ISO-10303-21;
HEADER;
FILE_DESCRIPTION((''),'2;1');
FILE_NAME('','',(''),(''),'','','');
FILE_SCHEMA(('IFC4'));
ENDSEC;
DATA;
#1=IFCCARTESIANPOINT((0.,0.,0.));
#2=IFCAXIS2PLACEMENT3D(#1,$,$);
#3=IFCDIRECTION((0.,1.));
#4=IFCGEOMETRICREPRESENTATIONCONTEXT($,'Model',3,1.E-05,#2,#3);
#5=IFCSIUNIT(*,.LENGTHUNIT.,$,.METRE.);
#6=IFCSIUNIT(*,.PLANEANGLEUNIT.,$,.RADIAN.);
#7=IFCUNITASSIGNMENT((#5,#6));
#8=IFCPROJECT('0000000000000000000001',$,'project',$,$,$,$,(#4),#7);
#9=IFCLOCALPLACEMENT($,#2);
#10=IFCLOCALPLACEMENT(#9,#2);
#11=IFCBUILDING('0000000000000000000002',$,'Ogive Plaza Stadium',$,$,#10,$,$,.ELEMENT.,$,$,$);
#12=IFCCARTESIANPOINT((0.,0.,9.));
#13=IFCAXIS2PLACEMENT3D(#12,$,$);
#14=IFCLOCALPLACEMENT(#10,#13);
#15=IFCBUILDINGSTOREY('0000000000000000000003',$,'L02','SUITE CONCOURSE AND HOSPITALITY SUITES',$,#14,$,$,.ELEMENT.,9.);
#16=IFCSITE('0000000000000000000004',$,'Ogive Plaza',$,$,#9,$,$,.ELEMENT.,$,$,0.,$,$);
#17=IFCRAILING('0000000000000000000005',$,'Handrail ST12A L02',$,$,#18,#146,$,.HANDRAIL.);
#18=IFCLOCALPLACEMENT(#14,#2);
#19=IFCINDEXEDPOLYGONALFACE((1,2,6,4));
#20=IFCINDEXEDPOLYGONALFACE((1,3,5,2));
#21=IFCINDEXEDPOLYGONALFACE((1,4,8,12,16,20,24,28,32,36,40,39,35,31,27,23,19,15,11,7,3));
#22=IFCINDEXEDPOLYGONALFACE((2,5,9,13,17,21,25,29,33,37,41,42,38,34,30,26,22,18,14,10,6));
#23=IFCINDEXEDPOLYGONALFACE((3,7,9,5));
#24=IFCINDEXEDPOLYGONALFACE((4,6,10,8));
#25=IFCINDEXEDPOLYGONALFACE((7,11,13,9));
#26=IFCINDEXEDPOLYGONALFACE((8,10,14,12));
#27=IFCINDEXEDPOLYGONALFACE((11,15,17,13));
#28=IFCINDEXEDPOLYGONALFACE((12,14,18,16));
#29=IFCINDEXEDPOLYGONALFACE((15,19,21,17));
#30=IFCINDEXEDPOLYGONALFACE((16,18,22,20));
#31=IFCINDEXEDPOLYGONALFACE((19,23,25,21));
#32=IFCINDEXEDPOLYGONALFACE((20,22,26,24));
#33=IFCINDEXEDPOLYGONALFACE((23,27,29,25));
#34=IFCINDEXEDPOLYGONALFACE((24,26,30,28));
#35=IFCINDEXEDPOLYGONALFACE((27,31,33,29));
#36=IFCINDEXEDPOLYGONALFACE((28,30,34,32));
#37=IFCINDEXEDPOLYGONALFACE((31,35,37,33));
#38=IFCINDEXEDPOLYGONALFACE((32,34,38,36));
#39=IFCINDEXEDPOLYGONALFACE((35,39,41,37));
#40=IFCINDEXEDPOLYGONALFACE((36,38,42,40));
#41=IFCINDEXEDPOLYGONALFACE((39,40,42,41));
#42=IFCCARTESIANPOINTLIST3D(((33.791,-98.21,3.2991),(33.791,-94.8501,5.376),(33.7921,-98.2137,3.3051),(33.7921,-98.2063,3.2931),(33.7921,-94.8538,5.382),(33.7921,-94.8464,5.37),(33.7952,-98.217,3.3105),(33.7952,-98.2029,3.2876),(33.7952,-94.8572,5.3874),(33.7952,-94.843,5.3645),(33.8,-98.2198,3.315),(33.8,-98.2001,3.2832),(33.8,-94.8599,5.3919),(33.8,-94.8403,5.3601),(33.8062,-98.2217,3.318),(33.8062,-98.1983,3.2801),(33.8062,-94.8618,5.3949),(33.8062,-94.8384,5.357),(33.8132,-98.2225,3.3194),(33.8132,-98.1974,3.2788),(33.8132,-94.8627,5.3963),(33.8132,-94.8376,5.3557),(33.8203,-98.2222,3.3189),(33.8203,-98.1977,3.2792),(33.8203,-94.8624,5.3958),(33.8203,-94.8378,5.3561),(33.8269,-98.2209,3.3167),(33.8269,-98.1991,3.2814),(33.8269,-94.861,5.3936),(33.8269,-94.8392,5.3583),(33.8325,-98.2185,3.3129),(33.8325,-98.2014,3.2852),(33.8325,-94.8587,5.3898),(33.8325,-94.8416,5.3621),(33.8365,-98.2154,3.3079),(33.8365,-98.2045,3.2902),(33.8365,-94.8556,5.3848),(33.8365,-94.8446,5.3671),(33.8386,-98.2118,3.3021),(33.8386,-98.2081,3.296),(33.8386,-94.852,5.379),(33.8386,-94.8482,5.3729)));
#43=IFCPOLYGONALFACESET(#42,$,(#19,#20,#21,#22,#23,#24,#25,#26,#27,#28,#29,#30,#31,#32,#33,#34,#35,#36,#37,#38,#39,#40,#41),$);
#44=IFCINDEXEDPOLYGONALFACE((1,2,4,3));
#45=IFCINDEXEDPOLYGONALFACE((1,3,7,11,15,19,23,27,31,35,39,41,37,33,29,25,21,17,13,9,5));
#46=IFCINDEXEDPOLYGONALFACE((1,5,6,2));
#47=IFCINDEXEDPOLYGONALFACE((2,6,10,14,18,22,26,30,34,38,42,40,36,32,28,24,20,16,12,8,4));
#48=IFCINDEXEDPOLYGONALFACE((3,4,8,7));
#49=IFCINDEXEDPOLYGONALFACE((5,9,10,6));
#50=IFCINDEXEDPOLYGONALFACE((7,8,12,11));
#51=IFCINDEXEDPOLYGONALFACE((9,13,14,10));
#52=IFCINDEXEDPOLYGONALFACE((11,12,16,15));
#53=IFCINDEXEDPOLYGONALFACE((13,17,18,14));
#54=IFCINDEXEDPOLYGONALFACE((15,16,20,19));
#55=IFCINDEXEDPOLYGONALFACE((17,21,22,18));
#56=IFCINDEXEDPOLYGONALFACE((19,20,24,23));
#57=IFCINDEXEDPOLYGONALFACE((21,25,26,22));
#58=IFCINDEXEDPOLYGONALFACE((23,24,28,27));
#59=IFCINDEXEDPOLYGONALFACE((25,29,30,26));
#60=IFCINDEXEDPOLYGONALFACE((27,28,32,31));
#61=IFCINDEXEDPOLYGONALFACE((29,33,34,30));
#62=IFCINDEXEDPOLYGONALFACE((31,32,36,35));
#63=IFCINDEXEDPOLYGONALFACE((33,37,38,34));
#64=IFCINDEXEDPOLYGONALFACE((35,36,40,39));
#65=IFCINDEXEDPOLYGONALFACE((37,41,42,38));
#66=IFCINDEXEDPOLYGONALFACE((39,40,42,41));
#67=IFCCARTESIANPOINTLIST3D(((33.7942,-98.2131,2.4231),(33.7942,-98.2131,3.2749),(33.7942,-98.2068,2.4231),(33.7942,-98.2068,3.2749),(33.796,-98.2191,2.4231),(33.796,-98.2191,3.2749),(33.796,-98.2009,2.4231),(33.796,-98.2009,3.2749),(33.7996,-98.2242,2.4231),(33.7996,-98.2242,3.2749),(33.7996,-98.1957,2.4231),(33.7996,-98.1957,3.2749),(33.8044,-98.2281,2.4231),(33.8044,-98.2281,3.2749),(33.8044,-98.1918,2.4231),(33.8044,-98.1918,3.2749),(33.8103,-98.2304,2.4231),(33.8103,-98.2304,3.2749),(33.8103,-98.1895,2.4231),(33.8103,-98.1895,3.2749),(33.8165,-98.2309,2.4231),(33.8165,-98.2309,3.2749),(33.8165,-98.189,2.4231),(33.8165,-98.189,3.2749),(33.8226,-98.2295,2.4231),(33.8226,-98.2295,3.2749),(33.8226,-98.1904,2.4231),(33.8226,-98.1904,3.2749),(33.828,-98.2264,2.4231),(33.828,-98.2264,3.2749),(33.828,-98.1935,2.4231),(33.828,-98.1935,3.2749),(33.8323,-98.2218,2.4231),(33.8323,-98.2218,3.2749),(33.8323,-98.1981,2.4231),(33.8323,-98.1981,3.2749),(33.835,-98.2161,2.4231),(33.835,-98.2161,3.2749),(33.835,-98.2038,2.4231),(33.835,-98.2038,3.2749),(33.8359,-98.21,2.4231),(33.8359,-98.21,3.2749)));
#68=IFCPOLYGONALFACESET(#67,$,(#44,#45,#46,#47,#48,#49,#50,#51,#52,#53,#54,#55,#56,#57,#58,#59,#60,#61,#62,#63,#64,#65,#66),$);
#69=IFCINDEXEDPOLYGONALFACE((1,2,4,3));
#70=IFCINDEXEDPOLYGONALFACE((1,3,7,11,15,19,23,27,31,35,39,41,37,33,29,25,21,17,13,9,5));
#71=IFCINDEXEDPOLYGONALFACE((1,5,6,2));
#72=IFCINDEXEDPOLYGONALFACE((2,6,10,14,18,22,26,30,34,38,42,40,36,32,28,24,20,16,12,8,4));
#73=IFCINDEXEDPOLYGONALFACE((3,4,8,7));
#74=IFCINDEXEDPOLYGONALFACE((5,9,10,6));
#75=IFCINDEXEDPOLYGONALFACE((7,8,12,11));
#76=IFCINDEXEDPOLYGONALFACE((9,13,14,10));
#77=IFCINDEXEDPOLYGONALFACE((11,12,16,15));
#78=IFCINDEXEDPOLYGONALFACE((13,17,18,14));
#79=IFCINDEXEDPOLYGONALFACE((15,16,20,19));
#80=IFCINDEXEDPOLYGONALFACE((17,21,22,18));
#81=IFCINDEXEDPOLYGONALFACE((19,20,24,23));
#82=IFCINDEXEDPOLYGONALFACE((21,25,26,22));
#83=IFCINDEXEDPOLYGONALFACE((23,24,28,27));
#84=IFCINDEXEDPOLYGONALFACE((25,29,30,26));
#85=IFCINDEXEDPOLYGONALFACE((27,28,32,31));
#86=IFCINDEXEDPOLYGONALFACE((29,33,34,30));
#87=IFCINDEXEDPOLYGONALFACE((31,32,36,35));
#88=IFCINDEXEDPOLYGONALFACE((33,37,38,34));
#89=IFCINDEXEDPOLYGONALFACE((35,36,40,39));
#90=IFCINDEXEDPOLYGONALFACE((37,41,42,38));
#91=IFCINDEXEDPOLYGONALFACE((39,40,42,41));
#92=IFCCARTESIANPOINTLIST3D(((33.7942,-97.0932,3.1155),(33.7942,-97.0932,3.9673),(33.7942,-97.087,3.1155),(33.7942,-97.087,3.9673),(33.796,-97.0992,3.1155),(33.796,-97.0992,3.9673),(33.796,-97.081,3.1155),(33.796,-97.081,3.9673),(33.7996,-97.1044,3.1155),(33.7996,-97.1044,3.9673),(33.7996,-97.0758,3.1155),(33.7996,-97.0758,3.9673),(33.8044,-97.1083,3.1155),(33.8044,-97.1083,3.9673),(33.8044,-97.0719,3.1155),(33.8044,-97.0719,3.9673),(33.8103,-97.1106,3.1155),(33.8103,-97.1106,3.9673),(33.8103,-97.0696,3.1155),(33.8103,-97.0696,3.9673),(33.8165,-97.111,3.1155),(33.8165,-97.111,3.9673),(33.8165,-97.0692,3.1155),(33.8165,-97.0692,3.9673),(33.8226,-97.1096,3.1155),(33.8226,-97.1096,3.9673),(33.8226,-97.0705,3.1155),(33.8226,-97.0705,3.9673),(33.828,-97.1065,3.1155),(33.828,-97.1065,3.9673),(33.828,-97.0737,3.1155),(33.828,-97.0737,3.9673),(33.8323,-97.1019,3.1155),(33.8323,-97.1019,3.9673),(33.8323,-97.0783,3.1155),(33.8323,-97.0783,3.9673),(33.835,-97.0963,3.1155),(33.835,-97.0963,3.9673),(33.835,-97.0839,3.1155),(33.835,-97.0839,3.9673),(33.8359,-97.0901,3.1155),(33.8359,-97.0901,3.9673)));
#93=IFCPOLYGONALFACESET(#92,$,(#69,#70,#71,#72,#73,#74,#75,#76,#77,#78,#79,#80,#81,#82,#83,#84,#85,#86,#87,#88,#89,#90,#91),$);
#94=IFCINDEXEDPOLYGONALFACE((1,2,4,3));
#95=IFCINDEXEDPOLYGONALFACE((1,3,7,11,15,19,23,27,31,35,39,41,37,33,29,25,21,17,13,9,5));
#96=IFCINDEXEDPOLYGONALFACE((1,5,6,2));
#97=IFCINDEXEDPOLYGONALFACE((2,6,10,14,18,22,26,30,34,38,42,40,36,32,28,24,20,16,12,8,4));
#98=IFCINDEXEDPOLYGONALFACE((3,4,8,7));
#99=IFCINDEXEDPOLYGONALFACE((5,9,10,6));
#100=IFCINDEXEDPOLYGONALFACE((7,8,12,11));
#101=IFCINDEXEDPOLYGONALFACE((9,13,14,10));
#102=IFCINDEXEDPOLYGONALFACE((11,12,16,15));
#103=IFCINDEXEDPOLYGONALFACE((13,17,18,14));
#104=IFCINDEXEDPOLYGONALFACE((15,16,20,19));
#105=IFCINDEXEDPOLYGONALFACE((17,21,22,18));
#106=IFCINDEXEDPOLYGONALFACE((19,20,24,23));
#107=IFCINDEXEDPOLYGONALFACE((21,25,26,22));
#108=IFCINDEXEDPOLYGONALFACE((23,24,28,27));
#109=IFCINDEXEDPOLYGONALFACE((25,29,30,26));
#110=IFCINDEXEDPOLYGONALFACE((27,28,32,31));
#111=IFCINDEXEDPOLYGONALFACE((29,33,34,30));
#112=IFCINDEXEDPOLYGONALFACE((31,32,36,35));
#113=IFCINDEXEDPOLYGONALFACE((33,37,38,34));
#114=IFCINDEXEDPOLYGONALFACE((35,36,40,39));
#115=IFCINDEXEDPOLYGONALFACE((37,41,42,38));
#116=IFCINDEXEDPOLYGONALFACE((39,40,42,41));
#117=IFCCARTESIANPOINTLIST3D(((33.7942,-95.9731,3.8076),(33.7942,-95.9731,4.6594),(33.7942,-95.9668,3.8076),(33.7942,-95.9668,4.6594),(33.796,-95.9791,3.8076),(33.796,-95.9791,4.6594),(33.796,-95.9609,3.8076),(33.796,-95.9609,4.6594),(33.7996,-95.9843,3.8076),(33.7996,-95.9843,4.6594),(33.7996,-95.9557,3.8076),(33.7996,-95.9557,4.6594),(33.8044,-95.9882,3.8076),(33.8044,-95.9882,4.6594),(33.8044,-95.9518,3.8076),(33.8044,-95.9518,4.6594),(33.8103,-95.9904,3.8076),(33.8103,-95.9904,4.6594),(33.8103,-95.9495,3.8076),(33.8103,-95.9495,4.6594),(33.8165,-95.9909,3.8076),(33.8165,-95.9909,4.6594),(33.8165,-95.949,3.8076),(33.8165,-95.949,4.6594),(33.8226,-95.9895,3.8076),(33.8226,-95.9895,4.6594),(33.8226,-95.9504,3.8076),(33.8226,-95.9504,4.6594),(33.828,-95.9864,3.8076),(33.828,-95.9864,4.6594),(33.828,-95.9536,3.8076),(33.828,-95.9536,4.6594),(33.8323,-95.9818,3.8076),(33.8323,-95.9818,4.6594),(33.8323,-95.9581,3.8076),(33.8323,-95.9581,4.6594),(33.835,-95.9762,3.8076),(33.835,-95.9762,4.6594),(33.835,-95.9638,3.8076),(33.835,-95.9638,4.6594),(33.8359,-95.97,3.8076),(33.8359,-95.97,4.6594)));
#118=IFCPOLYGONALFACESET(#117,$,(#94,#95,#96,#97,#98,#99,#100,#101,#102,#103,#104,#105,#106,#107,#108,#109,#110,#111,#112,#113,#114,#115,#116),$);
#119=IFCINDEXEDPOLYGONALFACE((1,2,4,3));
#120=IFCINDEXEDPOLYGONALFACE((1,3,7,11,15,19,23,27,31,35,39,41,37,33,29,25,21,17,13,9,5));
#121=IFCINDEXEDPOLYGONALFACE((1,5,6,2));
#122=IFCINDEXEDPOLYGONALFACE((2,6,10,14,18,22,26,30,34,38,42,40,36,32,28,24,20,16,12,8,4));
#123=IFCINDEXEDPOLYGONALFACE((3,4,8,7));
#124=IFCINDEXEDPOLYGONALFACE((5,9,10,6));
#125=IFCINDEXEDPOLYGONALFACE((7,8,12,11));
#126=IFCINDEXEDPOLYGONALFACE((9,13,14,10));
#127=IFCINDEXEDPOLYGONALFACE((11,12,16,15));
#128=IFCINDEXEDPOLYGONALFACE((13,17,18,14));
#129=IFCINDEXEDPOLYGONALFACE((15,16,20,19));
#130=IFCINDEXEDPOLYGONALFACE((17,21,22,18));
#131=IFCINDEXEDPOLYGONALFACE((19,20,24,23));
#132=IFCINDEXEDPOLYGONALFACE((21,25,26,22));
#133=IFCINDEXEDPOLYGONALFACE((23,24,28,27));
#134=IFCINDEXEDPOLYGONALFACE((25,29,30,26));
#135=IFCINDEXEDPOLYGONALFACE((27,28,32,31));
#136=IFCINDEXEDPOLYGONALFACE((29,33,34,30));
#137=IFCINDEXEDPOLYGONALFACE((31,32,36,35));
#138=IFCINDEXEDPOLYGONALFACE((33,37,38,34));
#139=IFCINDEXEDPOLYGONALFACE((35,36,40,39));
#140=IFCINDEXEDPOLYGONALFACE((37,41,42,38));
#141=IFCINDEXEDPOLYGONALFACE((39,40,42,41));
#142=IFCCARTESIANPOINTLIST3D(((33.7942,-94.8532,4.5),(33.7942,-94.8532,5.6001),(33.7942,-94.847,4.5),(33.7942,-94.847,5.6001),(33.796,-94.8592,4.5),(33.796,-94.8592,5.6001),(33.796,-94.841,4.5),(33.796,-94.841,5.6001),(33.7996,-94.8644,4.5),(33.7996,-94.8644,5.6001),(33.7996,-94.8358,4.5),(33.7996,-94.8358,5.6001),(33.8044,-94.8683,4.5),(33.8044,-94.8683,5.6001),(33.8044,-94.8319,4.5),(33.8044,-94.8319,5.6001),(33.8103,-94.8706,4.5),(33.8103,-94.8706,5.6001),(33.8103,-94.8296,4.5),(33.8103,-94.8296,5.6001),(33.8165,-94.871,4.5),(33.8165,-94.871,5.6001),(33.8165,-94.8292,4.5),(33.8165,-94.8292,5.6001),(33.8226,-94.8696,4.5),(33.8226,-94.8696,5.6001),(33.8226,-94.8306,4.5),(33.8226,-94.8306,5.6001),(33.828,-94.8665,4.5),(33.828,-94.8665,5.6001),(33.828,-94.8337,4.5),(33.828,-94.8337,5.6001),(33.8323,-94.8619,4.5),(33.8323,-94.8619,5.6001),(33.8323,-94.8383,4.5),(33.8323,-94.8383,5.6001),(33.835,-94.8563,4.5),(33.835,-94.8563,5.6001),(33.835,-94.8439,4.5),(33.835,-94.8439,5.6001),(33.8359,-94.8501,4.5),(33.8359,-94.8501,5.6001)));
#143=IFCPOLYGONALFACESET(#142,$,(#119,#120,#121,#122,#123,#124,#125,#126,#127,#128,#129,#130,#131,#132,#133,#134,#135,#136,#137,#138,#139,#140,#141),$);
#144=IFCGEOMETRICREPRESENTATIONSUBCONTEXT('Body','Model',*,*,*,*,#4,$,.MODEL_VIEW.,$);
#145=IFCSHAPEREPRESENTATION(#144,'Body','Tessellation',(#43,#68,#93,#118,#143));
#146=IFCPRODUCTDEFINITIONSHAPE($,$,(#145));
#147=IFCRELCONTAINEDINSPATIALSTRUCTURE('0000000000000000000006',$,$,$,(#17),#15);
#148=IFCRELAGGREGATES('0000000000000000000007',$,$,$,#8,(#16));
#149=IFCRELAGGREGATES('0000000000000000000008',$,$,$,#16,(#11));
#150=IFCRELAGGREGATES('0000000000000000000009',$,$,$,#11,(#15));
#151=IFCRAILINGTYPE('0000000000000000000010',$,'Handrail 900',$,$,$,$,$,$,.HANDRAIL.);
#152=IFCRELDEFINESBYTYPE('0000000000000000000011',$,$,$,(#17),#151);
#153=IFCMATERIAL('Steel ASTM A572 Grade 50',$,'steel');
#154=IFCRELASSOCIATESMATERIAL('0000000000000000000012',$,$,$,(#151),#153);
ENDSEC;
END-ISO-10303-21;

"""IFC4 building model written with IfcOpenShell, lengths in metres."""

from ifc_helpers import new_model, si_unit, direction, frame, origin, origin_2d, place, context, subcontext, project, spatial, circle, extrude, material, type_object, element, save


model = new_model("IFC4")

# Units and contexts
model_context = context("Model", 3, precision=1e-05, world=origin(), true_north=direction((0.0, 1.0)))
body_context = subcontext(model_context, "Body", "Model", "MODEL_VIEW")
ifc_project = project(units=[si_unit("LENGTHUNIT", "METRE"), si_unit("PLANEANGLEUNIT", "RADIAN")], contexts=[model_context])

# Site, building, storey
site_placement = place(None, origin())
site = spatial("IfcSite", under=ifc_project, at=site_placement, Name="Ogive Plaza", CompositionType="ELEMENT", RefElevation=0.0)
building_placement = place(site_placement, origin())
building = spatial("IfcBuilding", under=site, at=building_placement, Name="Ogive Plaza Stadium", CompositionType="ELEMENT")
storey_placement = place(building_placement, frame((0.0, 0.0, 9.0)))
storey = spatial("IfcBuildingStorey", under=building, at=storey_placement, Name="L02", Description="SUITE CONCOURSE AND HOSPITALITY SUITES", CompositionType="ELEMENT", Elevation=9.0)

# Railing
ifc_material_1 = material(Name="Steel ASTM A572 Grade 50", Category="steel")
railing_type_1 = type_object("IfcRailingType", Name="Handrail 900", PredefinedType="HANDRAIL", material=ifc_material_1)
for number, where, name in (
    (1, (33.8149, -98.21, 2.4231), "Handrail ST12A L02"),
):
    element("IfcRailing", number, at=place(storey_placement, frame(where)), inside=storey, type_object=railing_type_1, Name=name, PredefinedType="HANDRAIL", context=body_context, shape_type="SweptSolid", body=[
        extrude(circle(Radius=0.0239, at=origin_2d()), frame((0.0, 0.0, 0.876), z_axis=(0.0, 0.850606, 0.525803), x_axis=(-1.0, 0.0, 0.0)), (0.0, 0.0, 1.0), 3.95),
        extrude(circle(Radius=0.021, at=origin_2d()), origin(), (0.0, 0.0, 1.0), 0.8518),
        extrude(circle(Radius=0.021, at=origin_2d()), frame((0.0, 1.1199, 0.6924)), (0.0, 0.0, 1.0), 0.8518),
        extrude(circle(Radius=0.021, at=origin_2d()), frame((0.0, 2.24, 1.3845)), (0.0, 0.0, 1.0), 0.8518),
        extrude(circle(Radius=0.021, at=origin_2d()), frame((0.0, 3.3599, 2.0769)), (0.0, 0.0, 1.0), 1.1001),
    ])

save(model, "model.ifc")
